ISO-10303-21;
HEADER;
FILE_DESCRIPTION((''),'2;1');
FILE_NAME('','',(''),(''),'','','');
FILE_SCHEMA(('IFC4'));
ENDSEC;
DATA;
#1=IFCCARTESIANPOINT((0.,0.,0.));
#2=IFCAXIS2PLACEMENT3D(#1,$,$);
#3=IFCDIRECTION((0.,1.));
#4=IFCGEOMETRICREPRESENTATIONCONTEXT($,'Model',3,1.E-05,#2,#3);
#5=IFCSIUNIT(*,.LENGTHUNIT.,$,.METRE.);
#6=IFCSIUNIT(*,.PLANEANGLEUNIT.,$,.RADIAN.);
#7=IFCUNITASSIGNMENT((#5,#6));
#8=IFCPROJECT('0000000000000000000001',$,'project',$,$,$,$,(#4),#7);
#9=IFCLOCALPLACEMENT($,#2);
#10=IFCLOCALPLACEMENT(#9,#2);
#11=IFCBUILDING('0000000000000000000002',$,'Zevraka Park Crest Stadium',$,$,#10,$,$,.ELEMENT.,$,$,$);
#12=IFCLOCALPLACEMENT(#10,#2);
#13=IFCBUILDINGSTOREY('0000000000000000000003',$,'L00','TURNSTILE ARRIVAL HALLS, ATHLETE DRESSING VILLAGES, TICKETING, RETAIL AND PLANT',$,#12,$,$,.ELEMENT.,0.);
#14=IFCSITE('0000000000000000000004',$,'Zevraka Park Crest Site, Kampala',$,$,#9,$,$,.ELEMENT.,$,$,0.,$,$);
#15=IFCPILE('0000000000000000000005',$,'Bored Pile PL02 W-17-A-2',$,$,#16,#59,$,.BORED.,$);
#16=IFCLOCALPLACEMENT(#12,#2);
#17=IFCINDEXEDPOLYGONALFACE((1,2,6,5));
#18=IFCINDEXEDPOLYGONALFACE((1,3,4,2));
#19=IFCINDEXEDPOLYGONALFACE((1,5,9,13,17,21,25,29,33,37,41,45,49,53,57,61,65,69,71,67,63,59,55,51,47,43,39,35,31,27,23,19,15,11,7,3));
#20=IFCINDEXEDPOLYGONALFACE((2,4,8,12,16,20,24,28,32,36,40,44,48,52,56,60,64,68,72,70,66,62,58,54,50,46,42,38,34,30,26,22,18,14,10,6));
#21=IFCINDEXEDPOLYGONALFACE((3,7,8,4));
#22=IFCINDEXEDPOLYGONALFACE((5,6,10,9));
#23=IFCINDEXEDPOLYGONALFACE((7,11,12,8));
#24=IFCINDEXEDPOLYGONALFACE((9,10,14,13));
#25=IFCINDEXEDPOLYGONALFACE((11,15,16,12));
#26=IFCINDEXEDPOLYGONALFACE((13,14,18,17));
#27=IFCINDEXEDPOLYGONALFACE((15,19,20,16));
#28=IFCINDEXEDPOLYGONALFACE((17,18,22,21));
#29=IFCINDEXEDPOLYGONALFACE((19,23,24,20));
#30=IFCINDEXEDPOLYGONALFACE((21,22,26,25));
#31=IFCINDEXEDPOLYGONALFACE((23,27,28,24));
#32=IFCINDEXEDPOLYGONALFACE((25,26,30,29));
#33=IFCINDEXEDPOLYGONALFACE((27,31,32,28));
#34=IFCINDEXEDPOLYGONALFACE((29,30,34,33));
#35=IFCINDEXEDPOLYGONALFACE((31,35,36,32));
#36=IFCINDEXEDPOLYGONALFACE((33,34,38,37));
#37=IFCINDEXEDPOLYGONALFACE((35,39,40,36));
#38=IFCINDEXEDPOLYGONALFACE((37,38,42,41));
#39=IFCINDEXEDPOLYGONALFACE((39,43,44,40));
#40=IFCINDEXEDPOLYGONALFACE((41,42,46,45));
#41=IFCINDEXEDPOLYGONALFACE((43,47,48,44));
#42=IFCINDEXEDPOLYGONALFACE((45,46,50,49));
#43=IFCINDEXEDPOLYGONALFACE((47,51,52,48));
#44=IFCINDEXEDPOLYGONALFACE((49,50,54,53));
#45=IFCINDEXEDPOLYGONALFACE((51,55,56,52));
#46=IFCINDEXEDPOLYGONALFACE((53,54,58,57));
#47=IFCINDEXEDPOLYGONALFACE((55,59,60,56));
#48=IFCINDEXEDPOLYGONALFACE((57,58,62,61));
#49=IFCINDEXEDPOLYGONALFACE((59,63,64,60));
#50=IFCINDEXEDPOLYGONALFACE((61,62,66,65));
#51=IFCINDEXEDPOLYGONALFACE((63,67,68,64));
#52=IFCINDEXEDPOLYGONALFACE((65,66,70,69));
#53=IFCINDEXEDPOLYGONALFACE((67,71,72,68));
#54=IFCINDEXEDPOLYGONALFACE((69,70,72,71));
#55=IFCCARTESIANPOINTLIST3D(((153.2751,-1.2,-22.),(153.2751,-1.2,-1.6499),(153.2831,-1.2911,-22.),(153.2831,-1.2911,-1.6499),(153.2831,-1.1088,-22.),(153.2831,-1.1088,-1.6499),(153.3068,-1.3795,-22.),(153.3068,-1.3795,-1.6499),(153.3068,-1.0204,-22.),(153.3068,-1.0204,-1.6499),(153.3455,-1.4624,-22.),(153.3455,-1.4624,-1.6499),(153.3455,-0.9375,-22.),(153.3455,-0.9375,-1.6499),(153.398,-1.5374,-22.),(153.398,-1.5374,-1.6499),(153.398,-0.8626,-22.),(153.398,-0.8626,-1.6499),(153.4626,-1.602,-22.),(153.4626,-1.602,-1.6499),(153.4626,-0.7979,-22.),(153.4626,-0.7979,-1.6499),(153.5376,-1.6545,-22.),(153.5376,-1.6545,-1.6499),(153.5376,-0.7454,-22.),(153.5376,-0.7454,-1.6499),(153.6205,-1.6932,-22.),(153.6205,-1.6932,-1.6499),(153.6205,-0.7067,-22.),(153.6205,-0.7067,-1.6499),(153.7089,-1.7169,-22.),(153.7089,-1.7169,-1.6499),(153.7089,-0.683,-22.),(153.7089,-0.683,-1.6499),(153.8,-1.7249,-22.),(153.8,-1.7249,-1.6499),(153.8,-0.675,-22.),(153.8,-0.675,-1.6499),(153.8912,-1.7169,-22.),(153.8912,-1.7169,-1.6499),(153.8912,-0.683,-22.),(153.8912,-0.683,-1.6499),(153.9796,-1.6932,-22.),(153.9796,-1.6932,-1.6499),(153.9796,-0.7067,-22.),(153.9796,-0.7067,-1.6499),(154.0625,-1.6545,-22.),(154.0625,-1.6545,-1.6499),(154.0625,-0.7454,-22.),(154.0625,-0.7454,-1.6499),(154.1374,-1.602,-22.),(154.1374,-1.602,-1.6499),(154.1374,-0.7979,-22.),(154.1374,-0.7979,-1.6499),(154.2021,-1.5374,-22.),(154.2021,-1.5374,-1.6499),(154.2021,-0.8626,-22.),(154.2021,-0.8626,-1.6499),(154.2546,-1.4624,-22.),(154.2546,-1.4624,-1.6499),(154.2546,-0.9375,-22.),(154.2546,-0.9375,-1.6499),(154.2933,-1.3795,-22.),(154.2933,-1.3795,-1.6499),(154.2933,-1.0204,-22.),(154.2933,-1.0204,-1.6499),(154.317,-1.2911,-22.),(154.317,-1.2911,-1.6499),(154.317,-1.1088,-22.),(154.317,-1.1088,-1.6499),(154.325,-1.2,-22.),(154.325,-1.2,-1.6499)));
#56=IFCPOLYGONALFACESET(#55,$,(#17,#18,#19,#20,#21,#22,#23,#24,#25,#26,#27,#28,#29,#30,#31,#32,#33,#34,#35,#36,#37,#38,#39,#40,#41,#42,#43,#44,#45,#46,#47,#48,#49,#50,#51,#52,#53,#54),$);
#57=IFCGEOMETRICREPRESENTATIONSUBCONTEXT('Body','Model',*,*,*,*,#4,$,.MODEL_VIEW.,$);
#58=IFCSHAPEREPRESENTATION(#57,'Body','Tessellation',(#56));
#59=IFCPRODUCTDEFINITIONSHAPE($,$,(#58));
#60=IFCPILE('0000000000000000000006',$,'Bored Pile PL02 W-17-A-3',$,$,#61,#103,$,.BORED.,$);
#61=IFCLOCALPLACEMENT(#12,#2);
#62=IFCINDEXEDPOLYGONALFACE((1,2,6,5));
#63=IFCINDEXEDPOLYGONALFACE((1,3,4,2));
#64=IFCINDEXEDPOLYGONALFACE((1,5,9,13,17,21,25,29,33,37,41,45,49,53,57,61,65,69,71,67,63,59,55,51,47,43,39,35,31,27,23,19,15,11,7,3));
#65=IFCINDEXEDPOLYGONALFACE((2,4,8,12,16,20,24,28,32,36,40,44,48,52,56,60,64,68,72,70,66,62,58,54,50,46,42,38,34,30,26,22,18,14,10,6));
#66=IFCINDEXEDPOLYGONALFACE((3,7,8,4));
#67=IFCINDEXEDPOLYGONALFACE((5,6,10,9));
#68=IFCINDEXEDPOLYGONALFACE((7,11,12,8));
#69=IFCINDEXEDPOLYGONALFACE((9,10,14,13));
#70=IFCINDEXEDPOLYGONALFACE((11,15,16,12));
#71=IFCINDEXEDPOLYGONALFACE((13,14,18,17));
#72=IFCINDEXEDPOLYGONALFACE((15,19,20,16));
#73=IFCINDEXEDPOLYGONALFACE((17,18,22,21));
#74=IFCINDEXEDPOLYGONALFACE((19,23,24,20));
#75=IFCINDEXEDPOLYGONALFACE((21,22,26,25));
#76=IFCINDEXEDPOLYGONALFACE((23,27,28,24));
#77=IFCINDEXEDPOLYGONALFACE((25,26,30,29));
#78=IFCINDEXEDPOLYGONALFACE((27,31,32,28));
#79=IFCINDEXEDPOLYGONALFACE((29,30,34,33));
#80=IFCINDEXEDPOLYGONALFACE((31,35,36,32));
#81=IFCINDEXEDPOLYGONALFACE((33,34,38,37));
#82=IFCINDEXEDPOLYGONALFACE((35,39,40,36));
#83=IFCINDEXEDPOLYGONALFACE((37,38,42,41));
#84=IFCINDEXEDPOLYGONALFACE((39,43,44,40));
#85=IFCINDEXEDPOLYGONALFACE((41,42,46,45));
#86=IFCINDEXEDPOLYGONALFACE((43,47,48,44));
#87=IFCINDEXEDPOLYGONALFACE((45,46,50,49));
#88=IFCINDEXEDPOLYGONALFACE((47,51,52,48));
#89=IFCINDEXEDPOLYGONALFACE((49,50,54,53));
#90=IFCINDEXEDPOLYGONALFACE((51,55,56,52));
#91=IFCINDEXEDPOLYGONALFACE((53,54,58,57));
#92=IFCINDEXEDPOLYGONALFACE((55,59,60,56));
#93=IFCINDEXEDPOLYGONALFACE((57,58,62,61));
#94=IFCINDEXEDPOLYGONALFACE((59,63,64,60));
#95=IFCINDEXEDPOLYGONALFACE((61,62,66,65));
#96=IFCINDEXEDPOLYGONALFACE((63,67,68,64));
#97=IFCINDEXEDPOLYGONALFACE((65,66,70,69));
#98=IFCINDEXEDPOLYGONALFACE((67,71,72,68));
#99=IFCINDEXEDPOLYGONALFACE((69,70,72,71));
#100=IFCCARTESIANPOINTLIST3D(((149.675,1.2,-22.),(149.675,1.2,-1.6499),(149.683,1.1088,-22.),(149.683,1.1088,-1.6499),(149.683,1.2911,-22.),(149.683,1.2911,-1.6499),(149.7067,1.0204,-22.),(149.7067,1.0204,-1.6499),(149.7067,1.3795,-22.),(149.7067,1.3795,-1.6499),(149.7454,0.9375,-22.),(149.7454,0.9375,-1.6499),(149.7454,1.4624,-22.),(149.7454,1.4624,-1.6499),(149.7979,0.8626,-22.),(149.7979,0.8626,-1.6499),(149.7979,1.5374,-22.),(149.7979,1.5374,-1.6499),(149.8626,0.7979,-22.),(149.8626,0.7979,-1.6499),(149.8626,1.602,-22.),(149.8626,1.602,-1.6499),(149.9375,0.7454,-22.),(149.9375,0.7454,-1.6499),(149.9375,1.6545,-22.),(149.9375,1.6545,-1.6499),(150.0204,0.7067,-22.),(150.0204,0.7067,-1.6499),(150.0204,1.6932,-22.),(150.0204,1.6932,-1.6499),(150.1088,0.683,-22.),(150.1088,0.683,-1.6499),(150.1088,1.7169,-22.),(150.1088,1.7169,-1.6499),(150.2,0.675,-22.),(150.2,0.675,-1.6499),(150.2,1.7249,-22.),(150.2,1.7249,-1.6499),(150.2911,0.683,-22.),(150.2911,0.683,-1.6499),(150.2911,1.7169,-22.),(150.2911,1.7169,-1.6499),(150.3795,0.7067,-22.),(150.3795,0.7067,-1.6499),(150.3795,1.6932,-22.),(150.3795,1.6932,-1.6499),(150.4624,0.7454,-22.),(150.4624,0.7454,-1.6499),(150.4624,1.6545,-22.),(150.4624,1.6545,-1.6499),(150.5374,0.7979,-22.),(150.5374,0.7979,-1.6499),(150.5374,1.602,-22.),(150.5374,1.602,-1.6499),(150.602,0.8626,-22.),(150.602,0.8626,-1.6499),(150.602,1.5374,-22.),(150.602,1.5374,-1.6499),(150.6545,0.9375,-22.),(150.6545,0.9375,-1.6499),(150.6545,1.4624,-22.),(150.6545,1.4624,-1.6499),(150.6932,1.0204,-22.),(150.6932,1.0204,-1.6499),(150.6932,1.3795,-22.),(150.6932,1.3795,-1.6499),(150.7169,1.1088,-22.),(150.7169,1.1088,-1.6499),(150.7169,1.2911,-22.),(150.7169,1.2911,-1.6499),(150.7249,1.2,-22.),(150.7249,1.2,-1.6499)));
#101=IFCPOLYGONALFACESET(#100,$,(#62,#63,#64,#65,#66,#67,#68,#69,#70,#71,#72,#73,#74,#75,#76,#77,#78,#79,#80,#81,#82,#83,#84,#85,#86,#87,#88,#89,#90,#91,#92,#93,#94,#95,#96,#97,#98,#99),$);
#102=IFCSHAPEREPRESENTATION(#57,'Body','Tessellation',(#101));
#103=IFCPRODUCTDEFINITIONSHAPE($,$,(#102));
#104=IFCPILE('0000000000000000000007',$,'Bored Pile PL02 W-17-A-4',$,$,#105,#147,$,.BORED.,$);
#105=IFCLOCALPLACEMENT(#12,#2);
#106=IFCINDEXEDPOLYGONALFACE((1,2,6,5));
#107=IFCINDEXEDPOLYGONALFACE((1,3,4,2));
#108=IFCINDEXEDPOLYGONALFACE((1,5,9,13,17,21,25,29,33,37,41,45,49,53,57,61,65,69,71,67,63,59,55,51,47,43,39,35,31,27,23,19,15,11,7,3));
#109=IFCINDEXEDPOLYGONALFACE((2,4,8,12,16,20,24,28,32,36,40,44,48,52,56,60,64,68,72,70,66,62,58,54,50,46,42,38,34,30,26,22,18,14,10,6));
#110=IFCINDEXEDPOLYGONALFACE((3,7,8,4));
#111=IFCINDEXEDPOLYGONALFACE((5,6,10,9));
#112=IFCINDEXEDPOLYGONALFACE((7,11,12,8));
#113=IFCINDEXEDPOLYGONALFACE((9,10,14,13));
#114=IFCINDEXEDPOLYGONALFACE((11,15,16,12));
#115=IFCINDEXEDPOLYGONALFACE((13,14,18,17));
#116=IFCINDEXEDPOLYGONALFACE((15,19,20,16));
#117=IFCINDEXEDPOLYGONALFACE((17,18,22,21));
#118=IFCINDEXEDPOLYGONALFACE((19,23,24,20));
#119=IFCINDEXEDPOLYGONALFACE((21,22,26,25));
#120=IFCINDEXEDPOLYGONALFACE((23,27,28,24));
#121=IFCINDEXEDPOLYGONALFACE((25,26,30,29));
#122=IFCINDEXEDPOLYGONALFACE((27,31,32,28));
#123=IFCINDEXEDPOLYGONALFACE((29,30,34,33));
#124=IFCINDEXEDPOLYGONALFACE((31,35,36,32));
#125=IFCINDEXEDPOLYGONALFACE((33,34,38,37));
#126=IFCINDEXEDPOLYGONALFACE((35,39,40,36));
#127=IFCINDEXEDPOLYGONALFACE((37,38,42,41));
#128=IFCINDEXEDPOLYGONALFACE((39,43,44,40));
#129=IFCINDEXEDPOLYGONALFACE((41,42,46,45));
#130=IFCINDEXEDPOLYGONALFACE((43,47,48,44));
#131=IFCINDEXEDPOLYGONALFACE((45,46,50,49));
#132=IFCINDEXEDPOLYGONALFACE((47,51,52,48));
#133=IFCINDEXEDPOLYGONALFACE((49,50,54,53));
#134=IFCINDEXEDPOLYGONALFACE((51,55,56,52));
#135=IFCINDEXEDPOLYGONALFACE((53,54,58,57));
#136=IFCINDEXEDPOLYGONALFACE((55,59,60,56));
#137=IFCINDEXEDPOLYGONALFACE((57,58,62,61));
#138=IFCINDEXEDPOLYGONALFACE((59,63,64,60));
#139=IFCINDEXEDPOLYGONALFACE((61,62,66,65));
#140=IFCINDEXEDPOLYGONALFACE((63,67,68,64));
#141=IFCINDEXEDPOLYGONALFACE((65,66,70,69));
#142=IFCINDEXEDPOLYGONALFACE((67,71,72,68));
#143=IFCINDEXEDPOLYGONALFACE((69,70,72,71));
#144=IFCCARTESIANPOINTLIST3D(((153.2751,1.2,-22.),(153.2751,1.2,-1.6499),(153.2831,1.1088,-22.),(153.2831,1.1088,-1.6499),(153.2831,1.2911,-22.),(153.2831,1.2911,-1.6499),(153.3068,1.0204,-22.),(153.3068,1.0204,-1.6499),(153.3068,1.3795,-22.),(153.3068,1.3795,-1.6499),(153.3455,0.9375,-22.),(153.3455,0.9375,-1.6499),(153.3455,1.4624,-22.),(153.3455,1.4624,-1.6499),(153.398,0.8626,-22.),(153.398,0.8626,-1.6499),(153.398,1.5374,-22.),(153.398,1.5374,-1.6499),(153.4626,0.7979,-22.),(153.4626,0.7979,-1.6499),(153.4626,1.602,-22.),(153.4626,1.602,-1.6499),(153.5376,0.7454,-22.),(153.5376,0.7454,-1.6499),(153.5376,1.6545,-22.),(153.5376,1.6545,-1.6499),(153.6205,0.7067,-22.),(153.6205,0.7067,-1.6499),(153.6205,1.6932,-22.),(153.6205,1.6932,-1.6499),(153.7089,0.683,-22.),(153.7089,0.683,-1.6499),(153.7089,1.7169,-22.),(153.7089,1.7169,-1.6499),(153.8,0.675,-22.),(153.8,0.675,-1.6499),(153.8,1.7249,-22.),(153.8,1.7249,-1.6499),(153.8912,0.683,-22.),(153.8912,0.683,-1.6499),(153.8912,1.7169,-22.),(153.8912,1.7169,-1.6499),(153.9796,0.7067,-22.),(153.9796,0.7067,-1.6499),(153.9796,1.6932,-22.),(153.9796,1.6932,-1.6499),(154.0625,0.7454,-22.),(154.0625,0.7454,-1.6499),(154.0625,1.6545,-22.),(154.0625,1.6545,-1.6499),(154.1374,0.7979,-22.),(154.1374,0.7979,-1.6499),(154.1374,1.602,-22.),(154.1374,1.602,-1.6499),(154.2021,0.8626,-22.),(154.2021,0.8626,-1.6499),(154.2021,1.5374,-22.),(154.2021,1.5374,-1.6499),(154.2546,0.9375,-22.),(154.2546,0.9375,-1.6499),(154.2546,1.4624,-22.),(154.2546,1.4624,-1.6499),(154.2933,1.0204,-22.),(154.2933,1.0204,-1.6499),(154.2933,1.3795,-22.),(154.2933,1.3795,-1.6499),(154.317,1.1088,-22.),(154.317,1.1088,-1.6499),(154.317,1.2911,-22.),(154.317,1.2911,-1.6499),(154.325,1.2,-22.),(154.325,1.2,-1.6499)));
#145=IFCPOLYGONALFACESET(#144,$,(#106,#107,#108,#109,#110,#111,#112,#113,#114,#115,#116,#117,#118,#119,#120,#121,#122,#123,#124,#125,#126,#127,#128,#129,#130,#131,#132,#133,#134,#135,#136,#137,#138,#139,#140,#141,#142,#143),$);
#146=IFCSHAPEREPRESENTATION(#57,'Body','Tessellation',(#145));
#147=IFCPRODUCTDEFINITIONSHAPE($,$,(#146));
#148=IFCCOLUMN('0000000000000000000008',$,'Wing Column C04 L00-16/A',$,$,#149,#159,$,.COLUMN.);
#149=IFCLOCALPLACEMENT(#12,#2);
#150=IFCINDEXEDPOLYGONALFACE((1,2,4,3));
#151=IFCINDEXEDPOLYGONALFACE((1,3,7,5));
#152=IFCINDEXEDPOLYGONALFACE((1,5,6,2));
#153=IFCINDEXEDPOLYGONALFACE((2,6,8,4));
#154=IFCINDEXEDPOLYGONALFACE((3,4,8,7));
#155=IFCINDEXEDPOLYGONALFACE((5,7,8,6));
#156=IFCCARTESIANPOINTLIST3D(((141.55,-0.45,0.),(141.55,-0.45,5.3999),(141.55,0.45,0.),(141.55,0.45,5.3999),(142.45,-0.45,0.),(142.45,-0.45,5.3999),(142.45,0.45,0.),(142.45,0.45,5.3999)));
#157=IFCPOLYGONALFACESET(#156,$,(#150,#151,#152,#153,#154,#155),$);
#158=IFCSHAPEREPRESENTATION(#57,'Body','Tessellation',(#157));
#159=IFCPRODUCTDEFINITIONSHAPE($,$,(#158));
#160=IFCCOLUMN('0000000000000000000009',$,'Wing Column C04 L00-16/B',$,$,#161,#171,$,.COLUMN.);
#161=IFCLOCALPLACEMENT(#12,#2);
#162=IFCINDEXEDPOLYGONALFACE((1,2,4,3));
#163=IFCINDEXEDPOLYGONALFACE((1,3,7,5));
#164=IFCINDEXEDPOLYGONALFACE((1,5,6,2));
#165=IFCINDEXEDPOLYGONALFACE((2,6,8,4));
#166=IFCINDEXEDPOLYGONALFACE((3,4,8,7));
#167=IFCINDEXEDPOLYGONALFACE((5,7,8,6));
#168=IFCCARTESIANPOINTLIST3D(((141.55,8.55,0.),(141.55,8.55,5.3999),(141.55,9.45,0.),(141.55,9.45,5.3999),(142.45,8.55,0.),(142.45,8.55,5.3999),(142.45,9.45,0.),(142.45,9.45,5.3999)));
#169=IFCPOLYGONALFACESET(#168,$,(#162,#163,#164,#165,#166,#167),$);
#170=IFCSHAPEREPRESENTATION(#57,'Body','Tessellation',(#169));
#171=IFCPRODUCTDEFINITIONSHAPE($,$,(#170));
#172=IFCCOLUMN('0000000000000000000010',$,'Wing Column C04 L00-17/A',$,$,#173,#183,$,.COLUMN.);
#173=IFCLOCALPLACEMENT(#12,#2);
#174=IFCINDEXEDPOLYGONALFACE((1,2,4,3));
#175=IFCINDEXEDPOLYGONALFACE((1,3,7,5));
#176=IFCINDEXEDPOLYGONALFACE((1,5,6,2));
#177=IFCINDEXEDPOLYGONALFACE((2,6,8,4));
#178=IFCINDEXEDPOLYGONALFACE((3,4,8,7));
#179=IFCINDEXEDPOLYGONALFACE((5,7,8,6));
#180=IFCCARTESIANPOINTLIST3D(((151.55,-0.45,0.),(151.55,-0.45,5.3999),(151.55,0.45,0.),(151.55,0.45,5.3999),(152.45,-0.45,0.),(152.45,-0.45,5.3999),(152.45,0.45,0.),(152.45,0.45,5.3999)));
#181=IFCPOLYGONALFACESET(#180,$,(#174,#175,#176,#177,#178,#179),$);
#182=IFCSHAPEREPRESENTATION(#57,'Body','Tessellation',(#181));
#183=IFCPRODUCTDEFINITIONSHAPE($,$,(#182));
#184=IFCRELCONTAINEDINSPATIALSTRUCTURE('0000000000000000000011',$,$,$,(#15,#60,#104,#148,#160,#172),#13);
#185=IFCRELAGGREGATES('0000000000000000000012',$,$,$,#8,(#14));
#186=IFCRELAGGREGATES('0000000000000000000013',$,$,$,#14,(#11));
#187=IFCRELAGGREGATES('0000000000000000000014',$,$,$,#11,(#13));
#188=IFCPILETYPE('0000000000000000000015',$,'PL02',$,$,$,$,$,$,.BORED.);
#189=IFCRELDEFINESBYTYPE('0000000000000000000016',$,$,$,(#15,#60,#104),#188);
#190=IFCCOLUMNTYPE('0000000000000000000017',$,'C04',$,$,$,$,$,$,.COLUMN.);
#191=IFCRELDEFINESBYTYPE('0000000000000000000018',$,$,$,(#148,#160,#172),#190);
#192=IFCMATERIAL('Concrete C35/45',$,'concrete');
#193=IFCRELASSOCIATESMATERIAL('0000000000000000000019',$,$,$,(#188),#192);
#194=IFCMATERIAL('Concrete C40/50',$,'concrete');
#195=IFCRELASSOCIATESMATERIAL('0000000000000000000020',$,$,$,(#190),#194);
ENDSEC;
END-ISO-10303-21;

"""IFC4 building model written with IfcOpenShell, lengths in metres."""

from ifc_helpers import new_model, si_unit, direction, frame, origin, origin_2d, place, context, subcontext, project, spatial, rectangle, circle, extrude, material, material_profile, profile_set, type_object, element, save


model = new_model("IFC4")

# Units and contexts
model_context = context("Model", 3, precision=1e-05, world=origin(), true_north=direction((0.0, 1.0)))
body_context = subcontext(model_context, "Body", "Model", "MODEL_VIEW")
ifc_project = project(units=[si_unit("LENGTHUNIT", "METRE"), si_unit("PLANEANGLEUNIT", "RADIAN")], contexts=[model_context])

# Site, building, storey
site_placement = place(None, origin())
site = spatial("IfcSite", under=ifc_project, at=site_placement, Name="Zevraka Park Crest Site, Kampala", CompositionType="ELEMENT", RefElevation=0.0)
building_placement = place(site_placement, origin())
building = spatial("IfcBuilding", under=site, at=building_placement, Name="Zevraka Park Crest Stadium", CompositionType="ELEMENT")
storey_placement = place(building_placement, origin())
storey = spatial("IfcBuildingStorey", under=building, at=storey_placement, Name="L00", Description="TURNSTILE ARRIVAL HALLS, ATHLETE DRESSING VILLAGES, TICKETING, RETAIL AND PLANT", CompositionType="ELEMENT", Elevation=0.0)

# Piles
ifc_material_1 = material(Name="Concrete C35/45", Category="concrete")
ifc_material_profile_1 = material_profile(ifc_material_1, circle(Radius=0.5249, at=origin_2d()), Name="PILE D1050")
ifc_profile_set_1 = profile_set([ifc_material_profile_1], Name="Concrete C35/45")
pile_type_1 = type_object("IfcPileType", Name="PL02", PredefinedType="BORED", material=ifc_profile_set_1)
for number, where, z_axis, x_axis, name in (
    (1, (153.8, -1.2, -1.6499), (0.0, 0.0, -1.0), (1.0, 0.0, 0.0), "Bored Pile PL02 W-17-A-2"),
    (2, (150.2, 1.2, -1.6499), (0.0, 0.0, -1.0), (1.0, 0.0, 0.0), "Bored Pile PL02 W-17-A-3"),
    (3, (153.8, 1.2, -1.6499), (0.0, 0.0, -1.0), (1.0, 0.0, 0.0), "Bored Pile PL02 W-17-A-4"),
):
    element("IfcPile", number, at=place(storey_placement, frame(where, z_axis=z_axis, x_axis=x_axis)), inside=storey, type_object=pile_type_1, Name=name, PredefinedType="BORED", context=body_context, shape_type="SweptSolid", body=[
        extrude(circle(Radius=0.5249, at=origin_2d()), origin(), (0.0, 0.0, 1.0), 20.3501),
    ])

# Columns
ifc_material_2 = material(Name="Concrete C40/50", Category="concrete")
ifc_material_profile_2 = material_profile(ifc_material_2, rectangle(XDim=0.8999, YDim=0.8999, at=origin_2d()), Name="RC 900x900")
ifc_profile_set_2 = profile_set([ifc_material_profile_2], Name="Concrete C40/50")
column_type = type_object("IfcColumnType", Name="C04", PredefinedType="COLUMN", material=ifc_profile_set_2)
for number, where, z_axis, x_axis, name in (
    (4, (142.0, 0.0, 0.0), (0.0, 0.0, 1.0), (1.0, 0.0, 0.0), "Wing Column C04 L00-16/A"),
    (5, (142.0, 9.0, 0.0), (0.0, 0.0, 1.0), (1.0, 0.0, 0.0), "Wing Column C04 L00-16/B"),
    (6, (152.0, 0.0, 0.0), (0.0, 0.0, 1.0), (1.0, 0.0, 0.0), "Wing Column C04 L00-17/A"),
):
    element("IfcColumn", number, at=place(storey_placement, frame(where, z_axis=z_axis, x_axis=x_axis)), inside=storey, type_object=column_type, Name=name, PredefinedType="COLUMN", context=body_context, shape_type="SweptSolid", body=[
        extrude(rectangle(XDim=0.8999, YDim=0.8999, at=origin_2d()), origin(), (0.0, 0.0, 1.0), 5.3999),
    ])

save(model, "model.ifc")
